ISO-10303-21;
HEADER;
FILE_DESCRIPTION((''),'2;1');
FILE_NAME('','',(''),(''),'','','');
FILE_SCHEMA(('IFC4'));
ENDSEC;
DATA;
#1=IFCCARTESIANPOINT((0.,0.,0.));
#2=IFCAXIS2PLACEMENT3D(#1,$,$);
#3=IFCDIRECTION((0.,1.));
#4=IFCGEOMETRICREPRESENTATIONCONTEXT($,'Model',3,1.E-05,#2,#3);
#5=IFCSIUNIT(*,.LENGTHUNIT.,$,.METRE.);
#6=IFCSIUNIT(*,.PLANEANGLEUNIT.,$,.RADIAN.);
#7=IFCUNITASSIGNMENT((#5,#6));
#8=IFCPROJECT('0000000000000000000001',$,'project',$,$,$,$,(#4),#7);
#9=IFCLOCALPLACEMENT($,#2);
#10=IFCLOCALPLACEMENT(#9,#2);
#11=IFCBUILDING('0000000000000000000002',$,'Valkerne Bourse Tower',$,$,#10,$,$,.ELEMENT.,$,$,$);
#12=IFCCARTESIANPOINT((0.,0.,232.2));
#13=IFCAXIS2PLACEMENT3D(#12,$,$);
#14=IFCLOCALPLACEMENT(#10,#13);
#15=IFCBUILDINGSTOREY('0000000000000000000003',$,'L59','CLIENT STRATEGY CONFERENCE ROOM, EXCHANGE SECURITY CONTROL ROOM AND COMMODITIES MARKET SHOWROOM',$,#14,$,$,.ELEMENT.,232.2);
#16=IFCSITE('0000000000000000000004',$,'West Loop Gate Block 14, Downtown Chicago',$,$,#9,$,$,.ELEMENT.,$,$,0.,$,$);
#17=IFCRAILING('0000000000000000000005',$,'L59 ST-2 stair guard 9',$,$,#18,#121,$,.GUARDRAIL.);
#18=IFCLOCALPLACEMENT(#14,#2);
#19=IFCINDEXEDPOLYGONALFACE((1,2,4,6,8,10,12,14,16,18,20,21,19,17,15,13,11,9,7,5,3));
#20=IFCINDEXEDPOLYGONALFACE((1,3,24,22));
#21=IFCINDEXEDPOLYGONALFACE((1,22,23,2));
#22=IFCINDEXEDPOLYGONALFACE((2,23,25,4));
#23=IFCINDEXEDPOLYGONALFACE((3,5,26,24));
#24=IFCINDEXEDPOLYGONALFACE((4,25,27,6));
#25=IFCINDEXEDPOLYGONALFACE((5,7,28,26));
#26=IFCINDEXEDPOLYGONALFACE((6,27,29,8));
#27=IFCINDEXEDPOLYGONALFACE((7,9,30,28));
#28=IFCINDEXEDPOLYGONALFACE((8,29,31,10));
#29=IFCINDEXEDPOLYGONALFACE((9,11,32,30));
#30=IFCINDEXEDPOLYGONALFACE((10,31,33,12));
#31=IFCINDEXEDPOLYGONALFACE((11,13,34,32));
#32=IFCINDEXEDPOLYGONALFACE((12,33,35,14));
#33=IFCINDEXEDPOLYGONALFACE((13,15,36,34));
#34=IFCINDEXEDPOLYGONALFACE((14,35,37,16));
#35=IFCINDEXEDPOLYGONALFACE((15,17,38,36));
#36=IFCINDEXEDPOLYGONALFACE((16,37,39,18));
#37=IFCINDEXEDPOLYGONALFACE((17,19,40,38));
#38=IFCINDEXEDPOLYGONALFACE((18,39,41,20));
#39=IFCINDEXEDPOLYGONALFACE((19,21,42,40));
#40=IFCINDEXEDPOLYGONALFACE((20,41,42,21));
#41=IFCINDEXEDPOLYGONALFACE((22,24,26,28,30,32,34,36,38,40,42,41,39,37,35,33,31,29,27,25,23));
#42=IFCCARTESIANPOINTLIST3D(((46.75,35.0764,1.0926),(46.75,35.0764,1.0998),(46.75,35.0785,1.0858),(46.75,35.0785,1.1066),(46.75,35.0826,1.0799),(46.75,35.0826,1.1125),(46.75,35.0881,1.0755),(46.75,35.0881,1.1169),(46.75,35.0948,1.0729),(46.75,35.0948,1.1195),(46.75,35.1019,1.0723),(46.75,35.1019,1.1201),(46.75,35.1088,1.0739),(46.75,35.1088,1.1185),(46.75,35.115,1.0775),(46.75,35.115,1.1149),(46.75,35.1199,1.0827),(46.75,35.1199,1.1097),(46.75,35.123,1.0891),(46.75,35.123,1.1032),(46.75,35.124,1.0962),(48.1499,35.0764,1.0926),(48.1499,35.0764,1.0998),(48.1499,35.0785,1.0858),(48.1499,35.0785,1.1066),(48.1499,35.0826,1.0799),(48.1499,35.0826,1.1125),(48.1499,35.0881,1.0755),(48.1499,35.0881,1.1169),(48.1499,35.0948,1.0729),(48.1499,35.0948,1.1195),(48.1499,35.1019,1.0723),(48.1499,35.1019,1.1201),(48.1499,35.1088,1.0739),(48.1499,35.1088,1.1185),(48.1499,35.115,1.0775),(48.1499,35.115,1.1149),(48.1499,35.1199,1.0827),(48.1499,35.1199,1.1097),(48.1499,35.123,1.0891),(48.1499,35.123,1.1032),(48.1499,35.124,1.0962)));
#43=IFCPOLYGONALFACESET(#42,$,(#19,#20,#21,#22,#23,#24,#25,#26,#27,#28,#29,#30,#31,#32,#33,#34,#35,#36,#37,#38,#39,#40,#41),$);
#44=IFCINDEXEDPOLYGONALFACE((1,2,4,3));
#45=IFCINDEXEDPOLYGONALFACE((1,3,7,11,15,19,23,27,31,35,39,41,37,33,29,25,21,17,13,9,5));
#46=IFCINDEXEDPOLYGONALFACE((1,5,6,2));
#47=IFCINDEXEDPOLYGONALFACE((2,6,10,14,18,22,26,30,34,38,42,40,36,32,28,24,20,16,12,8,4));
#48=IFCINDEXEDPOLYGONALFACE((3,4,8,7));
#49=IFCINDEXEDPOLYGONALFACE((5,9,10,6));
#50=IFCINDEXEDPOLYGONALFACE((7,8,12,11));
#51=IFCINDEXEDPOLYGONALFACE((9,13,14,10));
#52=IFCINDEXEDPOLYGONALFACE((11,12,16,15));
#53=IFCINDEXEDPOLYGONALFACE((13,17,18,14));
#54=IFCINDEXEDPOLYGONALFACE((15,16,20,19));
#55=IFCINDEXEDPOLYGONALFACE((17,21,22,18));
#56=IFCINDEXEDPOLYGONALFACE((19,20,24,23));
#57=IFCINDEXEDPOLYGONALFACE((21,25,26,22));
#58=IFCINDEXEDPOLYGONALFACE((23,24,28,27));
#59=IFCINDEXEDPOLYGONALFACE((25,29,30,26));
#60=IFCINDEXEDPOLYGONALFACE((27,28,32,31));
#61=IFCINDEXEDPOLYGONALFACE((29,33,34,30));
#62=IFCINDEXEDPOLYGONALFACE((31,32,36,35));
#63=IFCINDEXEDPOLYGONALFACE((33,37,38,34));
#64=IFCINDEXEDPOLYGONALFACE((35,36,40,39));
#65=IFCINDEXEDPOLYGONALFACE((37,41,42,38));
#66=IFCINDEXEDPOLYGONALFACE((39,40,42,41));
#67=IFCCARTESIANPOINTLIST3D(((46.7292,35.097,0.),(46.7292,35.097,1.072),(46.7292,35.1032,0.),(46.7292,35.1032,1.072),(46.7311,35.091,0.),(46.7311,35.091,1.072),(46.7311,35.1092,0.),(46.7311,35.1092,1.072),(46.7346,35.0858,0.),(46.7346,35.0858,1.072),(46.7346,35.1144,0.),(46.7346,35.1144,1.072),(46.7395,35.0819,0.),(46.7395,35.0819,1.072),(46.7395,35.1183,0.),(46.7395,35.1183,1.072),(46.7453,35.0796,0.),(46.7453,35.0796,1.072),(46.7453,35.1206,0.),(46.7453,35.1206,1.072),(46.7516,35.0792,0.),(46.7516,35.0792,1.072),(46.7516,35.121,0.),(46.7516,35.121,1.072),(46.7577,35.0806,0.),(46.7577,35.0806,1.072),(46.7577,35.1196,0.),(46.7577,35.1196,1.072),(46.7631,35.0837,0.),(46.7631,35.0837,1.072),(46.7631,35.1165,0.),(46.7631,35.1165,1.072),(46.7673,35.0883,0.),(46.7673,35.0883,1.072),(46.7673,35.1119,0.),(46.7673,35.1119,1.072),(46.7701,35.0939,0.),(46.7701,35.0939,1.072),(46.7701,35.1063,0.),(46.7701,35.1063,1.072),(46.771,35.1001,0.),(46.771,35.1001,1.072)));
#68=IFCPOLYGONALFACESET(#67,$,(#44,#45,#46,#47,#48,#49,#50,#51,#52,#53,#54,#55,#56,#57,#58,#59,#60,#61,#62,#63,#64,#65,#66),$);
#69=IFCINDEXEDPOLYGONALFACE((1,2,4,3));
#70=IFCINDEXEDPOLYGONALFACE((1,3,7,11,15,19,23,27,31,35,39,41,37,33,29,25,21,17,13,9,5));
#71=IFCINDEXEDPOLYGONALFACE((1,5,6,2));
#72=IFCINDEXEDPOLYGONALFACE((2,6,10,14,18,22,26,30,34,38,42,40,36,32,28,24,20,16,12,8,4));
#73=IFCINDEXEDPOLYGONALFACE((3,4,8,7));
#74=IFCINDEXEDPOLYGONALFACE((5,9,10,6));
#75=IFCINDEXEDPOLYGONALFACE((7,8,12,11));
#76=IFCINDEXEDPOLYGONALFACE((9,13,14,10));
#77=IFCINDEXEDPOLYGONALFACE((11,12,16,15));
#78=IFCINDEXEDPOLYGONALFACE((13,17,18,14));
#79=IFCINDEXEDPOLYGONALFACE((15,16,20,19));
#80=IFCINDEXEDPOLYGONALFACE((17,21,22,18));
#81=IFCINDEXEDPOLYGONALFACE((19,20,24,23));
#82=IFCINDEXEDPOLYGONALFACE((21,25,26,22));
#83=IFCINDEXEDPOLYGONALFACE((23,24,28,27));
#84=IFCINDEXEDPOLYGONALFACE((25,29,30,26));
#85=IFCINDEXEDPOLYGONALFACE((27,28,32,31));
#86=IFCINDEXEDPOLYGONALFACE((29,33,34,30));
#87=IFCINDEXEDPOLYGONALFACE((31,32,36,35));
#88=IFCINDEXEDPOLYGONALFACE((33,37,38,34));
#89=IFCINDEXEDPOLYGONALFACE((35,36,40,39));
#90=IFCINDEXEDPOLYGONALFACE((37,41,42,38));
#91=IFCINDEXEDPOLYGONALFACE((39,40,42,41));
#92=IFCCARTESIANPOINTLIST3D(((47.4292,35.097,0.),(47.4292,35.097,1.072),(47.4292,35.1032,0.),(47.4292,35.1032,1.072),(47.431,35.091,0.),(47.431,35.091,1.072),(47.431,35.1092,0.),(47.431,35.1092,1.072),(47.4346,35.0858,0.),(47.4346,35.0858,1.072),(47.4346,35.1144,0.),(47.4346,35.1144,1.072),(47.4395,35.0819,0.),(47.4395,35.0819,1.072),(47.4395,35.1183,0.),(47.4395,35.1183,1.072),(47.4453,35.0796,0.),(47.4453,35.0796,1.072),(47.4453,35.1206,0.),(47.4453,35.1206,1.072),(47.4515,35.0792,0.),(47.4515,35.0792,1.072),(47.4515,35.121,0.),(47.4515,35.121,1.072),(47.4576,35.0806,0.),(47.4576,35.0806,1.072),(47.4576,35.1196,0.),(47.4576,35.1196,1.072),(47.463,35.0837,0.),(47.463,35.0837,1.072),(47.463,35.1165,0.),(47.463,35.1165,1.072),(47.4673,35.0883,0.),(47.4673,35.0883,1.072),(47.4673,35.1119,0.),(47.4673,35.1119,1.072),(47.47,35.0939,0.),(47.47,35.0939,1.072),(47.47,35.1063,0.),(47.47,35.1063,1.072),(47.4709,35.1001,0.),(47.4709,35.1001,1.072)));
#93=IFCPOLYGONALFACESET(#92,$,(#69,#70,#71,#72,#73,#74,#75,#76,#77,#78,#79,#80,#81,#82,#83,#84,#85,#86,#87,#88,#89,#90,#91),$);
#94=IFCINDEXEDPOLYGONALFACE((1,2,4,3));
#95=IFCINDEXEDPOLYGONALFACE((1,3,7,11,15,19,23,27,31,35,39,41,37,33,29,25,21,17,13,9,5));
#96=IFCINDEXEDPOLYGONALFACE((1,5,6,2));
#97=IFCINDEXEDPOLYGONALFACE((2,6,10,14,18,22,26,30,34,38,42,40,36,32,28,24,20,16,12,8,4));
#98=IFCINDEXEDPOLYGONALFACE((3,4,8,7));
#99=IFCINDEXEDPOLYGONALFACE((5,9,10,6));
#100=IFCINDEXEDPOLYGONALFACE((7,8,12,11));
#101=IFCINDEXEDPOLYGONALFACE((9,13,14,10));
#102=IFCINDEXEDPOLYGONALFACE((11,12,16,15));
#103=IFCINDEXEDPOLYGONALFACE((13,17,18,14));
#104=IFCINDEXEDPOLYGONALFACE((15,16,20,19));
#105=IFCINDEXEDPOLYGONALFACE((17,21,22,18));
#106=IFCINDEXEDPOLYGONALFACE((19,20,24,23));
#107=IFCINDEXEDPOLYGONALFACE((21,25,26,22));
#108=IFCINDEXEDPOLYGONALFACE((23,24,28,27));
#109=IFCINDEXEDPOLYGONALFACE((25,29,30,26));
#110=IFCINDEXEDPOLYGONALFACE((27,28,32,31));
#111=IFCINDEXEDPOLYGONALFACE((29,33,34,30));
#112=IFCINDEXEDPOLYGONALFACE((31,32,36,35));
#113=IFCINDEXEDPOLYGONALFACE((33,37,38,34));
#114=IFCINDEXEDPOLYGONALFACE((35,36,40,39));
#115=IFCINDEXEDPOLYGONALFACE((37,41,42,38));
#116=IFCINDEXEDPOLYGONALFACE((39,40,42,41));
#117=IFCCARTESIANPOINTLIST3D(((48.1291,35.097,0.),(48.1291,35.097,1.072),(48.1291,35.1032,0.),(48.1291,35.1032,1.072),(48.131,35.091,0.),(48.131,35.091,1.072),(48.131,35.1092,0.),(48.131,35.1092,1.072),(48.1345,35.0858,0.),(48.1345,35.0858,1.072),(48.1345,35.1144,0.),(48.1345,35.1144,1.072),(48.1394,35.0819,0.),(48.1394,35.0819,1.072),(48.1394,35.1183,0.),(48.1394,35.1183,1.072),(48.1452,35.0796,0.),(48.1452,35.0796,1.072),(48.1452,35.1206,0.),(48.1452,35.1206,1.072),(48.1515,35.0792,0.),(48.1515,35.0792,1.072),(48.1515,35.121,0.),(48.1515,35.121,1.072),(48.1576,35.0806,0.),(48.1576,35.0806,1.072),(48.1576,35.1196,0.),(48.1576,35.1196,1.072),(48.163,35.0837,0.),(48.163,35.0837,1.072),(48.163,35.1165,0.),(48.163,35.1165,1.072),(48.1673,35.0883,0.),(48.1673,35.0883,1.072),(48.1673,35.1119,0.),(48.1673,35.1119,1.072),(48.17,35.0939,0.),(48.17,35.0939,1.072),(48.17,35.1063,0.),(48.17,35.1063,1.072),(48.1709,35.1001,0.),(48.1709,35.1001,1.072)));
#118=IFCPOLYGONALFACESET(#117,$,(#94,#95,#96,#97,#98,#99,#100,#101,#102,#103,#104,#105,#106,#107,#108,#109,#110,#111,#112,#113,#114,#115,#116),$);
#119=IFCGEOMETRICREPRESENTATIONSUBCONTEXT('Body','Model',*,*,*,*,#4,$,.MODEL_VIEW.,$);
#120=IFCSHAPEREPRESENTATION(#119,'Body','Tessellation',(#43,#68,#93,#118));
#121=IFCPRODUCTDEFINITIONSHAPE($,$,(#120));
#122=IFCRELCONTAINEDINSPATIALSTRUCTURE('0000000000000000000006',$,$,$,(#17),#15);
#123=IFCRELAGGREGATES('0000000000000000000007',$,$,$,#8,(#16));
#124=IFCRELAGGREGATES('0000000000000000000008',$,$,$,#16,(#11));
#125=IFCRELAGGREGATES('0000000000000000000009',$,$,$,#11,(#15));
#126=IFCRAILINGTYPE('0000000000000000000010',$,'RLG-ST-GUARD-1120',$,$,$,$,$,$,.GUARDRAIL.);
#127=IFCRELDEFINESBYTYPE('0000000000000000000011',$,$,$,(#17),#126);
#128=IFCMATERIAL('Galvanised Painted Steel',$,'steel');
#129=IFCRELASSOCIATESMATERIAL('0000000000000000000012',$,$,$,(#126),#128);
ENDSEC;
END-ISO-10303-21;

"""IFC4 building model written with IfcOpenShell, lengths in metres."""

from ifc_helpers import new_model, si_unit, direction, frame, origin, origin_2d, place, context, subcontext, project, spatial, circle, extrude, material, type_object, element, save


model = new_model("IFC4")

# Units and contexts
model_context = context("Model", 3, precision=1e-05, world=origin(), true_north=direction((0.0, 1.0)))
body_context = subcontext(model_context, "Body", "Model", "MODEL_VIEW")
ifc_project = project(units=[si_unit("LENGTHUNIT", "METRE"), si_unit("PLANEANGLEUNIT", "RADIAN")], contexts=[model_context])

# Site, building, storey
site_placement = place(None, origin())
site = spatial("IfcSite", under=ifc_project, at=site_placement, Name="West Loop Gate Block 14, Downtown Chicago", CompositionType="ELEMENT", RefElevation=0.0)
building_placement = place(site_placement, origin())
building = spatial("IfcBuilding", under=site, at=building_placement, Name="Valkerne Bourse Tower", CompositionType="ELEMENT")
storey_placement = place(building_placement, frame((0.0, 0.0, 232.2)))
storey = spatial("IfcBuildingStorey", under=building, at=storey_placement, Name="L59", Description="CLIENT STRATEGY CONFERENCE ROOM, EXCHANGE SECURITY CONTROL ROOM AND COMMODITIES MARKET SHOWROOM", CompositionType="ELEMENT", Elevation=232.2)

# Shared definitions
ifc_material_1 = material(Name="Galvanised Painted Steel", Category="steel")

# Railing
railing_type_1 = type_object("IfcRailingType", Name="RLG-ST-GUARD-1120", PredefinedType="GUARDRAIL", material=ifc_material_1)
for number, where, name in (
    (1, (46.75, 35.1001, 0.0), "L59 ST-2 stair guard 9"),
):
    element("IfcRailing", number, at=place(storey_placement, frame(where)), inside=storey, type_object=railing_type_1, Name=name, PredefinedType="GUARDRAIL", context=body_context, shape_type="SweptSolid", body=[
        extrude(circle(Radius=0.0239, at=origin_2d()), frame((0.0, 0.0, 1.0962), z_axis=(1.0, 0.0, 0.0), x_axis=(0.0, 1.0, 0.0)), (0.0, 0.0, 1.0), 1.3999),
        extrude(circle(Radius=0.021, at=origin_2d()), origin(), (0.0, 0.0, 1.0), 1.072),
        extrude(circle(Radius=0.021, at=origin_2d()), frame((0.7, 0.0, 0.0)), (0.0, 0.0, 1.0), 1.072),
        extrude(circle(Radius=0.021, at=origin_2d()), frame((1.3999, 0.0, 0.0)), (0.0, 0.0, 1.0), 1.072),
    ])

save(model, "model.ifc")
